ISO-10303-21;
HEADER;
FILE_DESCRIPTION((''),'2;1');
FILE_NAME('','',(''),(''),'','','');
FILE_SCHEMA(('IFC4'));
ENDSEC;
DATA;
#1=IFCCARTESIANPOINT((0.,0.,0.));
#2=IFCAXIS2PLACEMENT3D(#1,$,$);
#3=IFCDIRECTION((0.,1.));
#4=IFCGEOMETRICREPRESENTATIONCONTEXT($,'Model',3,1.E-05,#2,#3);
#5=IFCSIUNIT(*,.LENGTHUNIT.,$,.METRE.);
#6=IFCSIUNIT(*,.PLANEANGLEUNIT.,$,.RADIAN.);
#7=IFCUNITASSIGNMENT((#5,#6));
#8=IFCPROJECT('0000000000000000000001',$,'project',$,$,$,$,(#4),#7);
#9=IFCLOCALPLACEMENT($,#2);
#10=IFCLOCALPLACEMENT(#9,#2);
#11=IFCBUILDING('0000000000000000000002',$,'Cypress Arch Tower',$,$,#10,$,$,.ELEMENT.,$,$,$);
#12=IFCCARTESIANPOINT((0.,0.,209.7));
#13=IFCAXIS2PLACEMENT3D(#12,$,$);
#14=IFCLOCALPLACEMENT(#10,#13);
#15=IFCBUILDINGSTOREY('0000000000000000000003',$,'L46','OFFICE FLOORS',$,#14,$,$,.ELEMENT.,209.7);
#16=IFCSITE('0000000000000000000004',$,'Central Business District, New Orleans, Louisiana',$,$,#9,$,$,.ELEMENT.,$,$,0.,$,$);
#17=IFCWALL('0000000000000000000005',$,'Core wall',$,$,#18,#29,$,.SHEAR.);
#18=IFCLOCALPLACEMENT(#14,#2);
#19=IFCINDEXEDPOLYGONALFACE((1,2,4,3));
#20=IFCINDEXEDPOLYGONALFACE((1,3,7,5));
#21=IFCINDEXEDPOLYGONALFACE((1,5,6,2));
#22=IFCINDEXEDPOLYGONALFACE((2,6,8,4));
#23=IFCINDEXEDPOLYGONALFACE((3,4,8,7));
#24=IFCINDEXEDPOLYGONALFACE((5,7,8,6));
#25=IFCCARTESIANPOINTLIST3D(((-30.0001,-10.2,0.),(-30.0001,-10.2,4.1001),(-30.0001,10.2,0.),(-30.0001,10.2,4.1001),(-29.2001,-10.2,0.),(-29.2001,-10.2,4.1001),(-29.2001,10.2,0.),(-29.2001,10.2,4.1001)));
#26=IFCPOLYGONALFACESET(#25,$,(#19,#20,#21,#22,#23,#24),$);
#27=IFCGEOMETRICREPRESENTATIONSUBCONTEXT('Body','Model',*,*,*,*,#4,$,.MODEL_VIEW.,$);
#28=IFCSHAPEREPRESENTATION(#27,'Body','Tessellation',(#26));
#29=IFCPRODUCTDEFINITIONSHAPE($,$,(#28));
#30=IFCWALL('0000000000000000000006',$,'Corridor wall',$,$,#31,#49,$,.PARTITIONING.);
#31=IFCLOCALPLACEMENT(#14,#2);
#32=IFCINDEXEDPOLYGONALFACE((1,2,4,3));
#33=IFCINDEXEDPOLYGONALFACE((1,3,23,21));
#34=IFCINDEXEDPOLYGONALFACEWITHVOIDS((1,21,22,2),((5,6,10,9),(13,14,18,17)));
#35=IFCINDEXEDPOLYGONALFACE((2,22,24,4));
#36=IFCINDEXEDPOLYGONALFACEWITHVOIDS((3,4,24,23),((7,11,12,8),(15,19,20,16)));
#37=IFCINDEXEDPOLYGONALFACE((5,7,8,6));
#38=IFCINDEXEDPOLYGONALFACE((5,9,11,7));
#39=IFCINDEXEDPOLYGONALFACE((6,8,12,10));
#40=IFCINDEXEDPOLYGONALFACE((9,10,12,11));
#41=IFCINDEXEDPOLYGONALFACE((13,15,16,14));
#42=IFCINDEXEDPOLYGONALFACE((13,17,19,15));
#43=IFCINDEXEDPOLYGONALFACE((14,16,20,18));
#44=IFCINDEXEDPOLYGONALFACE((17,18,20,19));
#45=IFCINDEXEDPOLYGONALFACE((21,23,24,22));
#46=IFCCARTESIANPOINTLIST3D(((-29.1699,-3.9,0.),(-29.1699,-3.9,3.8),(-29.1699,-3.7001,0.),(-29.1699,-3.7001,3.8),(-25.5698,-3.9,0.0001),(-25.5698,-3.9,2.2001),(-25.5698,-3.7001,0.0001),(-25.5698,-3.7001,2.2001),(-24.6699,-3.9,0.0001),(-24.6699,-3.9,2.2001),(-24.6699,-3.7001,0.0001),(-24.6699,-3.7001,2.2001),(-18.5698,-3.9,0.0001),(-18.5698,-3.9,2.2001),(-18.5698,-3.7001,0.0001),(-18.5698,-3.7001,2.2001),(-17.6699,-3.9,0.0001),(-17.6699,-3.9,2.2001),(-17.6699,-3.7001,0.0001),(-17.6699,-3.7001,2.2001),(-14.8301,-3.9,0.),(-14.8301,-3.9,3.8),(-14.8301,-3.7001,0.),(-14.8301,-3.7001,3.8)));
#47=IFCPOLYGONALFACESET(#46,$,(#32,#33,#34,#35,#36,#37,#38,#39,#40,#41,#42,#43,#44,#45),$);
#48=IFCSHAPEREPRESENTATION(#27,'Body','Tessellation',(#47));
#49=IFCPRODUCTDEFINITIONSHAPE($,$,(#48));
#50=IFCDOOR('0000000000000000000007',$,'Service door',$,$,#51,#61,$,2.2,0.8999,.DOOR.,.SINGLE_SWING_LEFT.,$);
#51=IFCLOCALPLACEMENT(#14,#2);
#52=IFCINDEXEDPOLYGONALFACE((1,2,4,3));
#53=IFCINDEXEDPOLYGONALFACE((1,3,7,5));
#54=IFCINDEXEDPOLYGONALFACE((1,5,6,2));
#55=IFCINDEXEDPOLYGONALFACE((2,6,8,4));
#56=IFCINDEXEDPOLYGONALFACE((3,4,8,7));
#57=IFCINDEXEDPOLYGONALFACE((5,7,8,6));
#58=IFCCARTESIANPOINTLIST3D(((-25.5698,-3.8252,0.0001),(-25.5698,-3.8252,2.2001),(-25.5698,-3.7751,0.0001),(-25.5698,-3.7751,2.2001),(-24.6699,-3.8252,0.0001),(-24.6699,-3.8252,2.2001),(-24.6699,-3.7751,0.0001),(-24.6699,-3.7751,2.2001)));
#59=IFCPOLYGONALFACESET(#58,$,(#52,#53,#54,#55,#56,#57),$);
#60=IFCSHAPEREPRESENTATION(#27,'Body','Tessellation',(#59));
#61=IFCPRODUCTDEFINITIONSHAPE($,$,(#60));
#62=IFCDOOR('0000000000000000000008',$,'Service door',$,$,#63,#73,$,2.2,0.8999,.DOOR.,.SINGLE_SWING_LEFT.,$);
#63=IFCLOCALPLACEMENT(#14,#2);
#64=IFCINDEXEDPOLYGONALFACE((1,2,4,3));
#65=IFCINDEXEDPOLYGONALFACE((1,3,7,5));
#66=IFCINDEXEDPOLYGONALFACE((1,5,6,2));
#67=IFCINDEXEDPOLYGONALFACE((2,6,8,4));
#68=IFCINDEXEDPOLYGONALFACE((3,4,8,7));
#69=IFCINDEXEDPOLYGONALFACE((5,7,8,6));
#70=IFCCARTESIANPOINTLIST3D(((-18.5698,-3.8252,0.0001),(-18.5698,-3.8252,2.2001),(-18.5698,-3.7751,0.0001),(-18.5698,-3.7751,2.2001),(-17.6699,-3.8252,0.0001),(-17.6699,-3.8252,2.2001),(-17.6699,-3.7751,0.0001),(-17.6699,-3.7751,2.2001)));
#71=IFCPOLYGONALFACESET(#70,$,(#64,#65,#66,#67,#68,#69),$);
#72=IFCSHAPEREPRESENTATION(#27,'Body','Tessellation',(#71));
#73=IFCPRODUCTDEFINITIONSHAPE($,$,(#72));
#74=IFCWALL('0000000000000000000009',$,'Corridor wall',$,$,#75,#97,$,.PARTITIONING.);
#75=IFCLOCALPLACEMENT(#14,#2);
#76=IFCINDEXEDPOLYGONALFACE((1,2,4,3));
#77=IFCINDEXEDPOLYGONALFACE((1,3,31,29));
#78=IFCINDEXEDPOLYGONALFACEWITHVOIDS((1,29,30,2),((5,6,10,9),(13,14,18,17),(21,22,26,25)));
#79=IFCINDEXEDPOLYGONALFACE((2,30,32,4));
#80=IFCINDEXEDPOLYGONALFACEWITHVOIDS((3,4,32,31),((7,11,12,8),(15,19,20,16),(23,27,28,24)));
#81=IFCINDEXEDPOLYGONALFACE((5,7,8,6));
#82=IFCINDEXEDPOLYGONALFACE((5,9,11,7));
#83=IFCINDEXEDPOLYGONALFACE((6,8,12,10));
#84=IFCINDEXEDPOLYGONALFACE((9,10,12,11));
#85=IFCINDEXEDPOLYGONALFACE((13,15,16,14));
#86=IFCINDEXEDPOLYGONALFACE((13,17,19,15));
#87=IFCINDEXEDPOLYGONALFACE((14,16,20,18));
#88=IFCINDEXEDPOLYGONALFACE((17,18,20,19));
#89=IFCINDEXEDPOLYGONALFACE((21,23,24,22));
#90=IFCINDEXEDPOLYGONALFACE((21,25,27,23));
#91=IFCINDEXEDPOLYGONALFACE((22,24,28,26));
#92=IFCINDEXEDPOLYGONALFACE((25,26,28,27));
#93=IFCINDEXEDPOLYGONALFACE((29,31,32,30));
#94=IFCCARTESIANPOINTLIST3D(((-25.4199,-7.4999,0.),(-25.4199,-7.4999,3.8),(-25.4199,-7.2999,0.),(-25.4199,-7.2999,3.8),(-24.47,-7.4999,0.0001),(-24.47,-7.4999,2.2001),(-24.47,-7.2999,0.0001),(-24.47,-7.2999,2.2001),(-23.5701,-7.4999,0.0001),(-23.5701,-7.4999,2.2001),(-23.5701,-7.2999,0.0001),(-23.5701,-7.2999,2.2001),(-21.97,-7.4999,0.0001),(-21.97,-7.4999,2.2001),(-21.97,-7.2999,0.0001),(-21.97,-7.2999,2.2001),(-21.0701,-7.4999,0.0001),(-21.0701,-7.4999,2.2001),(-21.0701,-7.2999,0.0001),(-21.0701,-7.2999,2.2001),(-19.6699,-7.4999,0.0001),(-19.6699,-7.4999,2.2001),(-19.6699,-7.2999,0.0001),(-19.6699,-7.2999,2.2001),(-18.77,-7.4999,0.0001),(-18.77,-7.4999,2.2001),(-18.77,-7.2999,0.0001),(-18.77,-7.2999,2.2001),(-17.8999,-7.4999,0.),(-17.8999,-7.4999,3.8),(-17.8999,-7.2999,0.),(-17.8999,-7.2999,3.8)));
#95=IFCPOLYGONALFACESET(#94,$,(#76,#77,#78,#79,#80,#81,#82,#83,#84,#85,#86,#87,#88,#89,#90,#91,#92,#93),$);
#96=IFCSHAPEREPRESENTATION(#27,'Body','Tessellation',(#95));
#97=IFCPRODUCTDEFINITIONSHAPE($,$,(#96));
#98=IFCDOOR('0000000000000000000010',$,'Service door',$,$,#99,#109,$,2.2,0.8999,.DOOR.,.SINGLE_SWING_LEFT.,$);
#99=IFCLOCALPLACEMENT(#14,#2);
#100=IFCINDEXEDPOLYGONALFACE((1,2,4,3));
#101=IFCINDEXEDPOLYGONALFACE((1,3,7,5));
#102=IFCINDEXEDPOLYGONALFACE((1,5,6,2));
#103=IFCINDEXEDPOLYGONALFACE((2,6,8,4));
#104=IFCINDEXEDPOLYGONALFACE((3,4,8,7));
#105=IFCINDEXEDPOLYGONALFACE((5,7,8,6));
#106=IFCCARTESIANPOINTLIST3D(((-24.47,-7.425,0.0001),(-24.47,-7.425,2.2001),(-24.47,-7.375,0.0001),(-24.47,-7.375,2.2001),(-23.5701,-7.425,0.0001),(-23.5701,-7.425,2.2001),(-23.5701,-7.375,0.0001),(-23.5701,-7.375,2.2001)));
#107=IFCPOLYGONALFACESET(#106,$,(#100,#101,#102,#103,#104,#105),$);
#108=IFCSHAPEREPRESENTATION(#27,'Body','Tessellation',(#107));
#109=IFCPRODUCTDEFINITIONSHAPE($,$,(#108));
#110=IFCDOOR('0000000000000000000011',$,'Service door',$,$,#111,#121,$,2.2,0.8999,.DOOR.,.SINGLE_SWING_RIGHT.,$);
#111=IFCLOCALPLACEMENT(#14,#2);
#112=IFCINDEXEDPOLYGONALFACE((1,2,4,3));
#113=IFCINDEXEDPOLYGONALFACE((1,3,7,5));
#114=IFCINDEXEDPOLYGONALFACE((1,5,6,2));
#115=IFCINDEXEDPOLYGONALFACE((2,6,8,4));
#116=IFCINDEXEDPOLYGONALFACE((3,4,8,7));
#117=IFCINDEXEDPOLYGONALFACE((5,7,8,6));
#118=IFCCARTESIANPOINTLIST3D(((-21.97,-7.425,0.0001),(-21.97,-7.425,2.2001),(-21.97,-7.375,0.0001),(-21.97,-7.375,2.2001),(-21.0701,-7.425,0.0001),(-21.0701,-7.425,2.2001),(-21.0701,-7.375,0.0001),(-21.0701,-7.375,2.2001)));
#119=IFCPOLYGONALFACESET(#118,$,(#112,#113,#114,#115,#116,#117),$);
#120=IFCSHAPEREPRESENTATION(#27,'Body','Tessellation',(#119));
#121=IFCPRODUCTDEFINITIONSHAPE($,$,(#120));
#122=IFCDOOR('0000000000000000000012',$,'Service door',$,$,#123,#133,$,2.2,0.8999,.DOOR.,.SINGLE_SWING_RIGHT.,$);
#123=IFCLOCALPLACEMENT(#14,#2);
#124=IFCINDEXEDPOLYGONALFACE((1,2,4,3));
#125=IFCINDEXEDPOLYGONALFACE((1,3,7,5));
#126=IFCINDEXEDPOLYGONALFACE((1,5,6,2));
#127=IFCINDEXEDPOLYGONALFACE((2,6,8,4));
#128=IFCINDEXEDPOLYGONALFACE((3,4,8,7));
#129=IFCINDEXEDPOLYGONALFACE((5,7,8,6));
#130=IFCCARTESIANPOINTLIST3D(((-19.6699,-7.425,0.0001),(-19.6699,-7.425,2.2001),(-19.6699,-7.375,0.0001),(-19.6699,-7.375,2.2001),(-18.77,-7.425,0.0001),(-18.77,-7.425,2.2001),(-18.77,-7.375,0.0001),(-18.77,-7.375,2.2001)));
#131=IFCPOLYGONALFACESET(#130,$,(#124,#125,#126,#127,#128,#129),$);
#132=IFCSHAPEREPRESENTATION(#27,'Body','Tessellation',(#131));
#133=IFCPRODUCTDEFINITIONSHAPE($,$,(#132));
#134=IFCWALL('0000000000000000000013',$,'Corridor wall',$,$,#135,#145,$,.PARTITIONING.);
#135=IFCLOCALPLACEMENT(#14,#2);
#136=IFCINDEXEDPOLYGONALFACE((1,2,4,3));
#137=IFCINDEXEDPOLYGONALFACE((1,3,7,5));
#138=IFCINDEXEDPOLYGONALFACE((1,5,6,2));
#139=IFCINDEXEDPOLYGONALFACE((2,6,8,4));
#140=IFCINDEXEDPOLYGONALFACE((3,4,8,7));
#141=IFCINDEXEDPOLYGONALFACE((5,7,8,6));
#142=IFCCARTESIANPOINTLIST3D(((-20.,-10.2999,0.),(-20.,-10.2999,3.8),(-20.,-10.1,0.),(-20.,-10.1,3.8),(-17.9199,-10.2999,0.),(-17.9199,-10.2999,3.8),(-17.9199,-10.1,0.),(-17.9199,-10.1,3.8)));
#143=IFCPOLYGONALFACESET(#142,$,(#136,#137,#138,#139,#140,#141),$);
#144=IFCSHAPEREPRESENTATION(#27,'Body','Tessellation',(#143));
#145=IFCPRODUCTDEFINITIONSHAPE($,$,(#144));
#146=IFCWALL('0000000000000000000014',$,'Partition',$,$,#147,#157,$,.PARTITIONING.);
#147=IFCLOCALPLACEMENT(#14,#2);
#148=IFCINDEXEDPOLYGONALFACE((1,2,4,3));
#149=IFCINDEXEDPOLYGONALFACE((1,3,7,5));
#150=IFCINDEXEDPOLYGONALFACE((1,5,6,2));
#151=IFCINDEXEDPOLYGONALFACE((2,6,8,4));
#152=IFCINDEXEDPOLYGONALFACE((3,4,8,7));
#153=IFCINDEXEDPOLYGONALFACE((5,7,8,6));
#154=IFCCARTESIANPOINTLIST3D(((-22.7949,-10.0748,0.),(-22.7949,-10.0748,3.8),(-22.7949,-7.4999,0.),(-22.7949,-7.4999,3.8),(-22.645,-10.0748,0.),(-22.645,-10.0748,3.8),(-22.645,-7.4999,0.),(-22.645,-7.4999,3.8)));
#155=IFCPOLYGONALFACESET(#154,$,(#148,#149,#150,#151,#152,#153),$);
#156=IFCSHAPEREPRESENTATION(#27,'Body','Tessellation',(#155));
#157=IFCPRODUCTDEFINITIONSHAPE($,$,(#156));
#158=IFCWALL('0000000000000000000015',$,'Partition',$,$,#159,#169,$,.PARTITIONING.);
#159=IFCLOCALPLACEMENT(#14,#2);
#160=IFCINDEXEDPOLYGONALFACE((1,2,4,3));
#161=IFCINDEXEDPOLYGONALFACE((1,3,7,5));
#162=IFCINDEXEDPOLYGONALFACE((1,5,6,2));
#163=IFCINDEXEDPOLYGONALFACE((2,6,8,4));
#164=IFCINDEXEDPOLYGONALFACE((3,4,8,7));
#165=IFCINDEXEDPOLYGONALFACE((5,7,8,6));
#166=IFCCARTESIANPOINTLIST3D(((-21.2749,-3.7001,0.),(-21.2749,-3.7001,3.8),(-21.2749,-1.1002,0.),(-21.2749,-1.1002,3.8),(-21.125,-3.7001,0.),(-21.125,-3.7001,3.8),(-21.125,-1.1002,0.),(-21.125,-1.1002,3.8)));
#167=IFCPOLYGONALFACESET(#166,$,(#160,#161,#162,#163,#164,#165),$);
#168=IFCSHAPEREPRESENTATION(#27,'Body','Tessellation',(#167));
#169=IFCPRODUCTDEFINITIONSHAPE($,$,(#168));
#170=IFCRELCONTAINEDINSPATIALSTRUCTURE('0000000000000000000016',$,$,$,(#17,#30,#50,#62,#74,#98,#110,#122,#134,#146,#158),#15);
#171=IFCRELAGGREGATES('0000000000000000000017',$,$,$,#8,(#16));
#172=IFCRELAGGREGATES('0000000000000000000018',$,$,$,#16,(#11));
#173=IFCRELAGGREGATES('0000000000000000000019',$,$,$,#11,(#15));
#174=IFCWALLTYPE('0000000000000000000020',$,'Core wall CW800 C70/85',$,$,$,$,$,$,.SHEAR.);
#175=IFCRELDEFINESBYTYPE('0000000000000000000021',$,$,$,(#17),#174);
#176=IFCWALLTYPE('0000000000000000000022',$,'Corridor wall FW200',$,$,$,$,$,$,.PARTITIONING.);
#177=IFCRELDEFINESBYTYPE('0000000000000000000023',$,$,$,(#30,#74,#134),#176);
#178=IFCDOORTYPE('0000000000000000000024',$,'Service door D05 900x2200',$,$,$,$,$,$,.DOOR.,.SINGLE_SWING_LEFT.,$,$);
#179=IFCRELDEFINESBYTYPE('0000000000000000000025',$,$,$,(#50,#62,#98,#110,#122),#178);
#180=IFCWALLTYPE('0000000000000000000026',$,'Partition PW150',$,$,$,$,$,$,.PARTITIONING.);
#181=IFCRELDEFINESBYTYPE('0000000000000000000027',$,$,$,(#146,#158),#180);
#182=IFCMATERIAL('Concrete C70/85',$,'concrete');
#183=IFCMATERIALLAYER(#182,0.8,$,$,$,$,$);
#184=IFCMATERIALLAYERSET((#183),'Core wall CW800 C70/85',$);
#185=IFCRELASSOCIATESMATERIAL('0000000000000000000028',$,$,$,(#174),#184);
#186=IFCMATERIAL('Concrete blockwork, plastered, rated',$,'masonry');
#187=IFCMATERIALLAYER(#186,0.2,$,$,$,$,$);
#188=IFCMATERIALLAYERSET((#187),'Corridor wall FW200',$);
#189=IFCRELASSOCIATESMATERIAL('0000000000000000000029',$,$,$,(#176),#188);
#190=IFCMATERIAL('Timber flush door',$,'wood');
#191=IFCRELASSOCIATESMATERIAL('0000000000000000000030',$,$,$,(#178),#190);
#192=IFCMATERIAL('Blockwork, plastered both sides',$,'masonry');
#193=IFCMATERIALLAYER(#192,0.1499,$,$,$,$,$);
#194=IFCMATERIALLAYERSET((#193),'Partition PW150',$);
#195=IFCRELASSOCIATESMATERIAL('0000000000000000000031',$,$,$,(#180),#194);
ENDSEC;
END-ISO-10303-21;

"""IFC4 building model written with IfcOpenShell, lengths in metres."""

from ifc_helpers import new_model, si_unit, direction, frame, frame_2d, origin, place, context, subcontext, project, spatial, rectangle, extrude, material, layer, layer_set, type_object, element, fill, save


model = new_model("IFC4")

# Units and contexts
model_context = context("Model", 3, precision=1e-05, world=origin(), true_north=direction((0.0, 1.0)))
body_context = subcontext(model_context, "Body", "Model", "MODEL_VIEW")
ifc_project = project(units=[si_unit("LENGTHUNIT", "METRE"), si_unit("PLANEANGLEUNIT", "RADIAN")], contexts=[model_context])

# Site, building, storey
site_placement = place(None, origin())
site = spatial("IfcSite", under=ifc_project, at=site_placement, Name="Central Business District, New Orleans, Louisiana", CompositionType="ELEMENT", RefElevation=0.0)
building_placement = place(site_placement, origin())
building = spatial("IfcBuilding", under=site, at=building_placement, Name="Cypress Arch Tower", CompositionType="ELEMENT")
storey_placement = place(building_placement, frame((0.0, 0.0, 209.7)))
storey = spatial("IfcBuildingStorey", under=building, at=storey_placement, Name="L46", Description="OFFICE FLOORS", CompositionType="ELEMENT", Elevation=209.7)

# Wall
ifc_material_1 = material(Name="Concrete C70/85", Category="concrete")
ifc_layer_1 = layer(ifc_material_1, 0.8)
ifc_layer_set_1 = layer_set([ifc_layer_1], Name="Core wall CW800 C70/85")
wall_type_1 = type_object("IfcWallType", Name="Core wall CW800 C70/85", PredefinedType="SHEAR", material=ifc_layer_set_1)
wall_1_placement = place(storey_placement, frame((-29.6001, -10.2, 0.0), z_axis=(0.0, 0.0, 1.0), x_axis=(0.0, 1.0, 0.0)))
element("IfcWall", 1, at=wall_1_placement, inside=storey, type_object=wall_type_1, Name="Core wall", PredefinedType="SHEAR", context=body_context, shape_type="SweptSolid", body=[
    extrude(rectangle(XDim=20.3999, YDim=0.8, at=frame_2d((10.2, 0.0))), origin(), (0.0, 0.0, 1.0), 4.1001),
])

# Walls, openings, doors
ifc_material_2 = material(Name="Concrete blockwork, plastered, rated", Category="masonry")
ifc_layer_2 = layer(ifc_material_2, 0.2)
ifc_layer_set_2 = layer_set([ifc_layer_2], Name="Corridor wall FW200")
wall_type_2 = type_object("IfcWallType", Name="Corridor wall FW200", PredefinedType="PARTITIONING", material=ifc_layer_set_2)
wall_2_placement = place(storey_placement, frame((-29.1699, -3.8, 0.0), z_axis=(0.0, 0.0, 1.0), x_axis=(1.0, 0.0, 0.0)))
wall_2 = element("IfcWall", 2, at=wall_2_placement, inside=storey, type_object=wall_type_2, Name="Corridor wall", PredefinedType="PARTITIONING", context=body_context, shape_type="SweptSolid", body=[
    extrude(rectangle(XDim=14.3398, YDim=0.2, at=frame_2d((7.1699, 0.0))), origin(), (0.0, 0.0, 1.0), 3.8),
])
opening_1_placement = place(wall_2_placement, frame((3.6001, 0.0, 0.0)))
opening_1 = element("IfcOpeningElement", 3, at=opening_1_placement, cuts=wall_2, PredefinedType="OPENING", context=body_context, shape_type="SweptSolid", body=[
    extrude(rectangle(XDim=0.8999, YDim=2.2, at=frame_2d((0.45, 1.1001))), frame((0.0, 0.1099, 0.0), z_axis=(0.0, -1.0, 0.0), x_axis=(1.0, 0.0, 0.0)), (0.0, 0.0, 1.0), 0.22),
])
opening_2_placement = place(wall_2_placement, frame((10.6001, 0.0, 0.0)))
opening_2 = element("IfcOpeningElement", 4, at=opening_2_placement, cuts=wall_2, PredefinedType="OPENING", context=body_context, shape_type="SweptSolid", body=[
    extrude(rectangle(XDim=0.8999, YDim=2.2, at=frame_2d((0.45, 1.1001))), frame((0.0, 0.1099, 0.0), z_axis=(0.0, -1.0, 0.0), x_axis=(1.0, 0.0, 0.0)), (0.0, 0.0, 1.0), 0.22),
])
ifc_material_3 = material(Name="Timber flush door", Category="wood")
door_type = type_object("IfcDoorType", Name="Service door D05 900x2200", OperationType="SINGLE_SWING_LEFT", PredefinedType="DOOR", material=ifc_material_3)
door_1_placement = place(opening_1_placement, origin())
door_1 = element("IfcDoor", 5, at=door_1_placement, inside=storey, type_object=door_type, Name="Service door", OperationType="SINGLE_SWING_LEFT", OverallHeight=2.2, OverallWidth=0.8999, PredefinedType="DOOR", context=body_context, shape_type="SweptSolid", body=[
    extrude(rectangle(XDim=0.8999, YDim=2.2, at=frame_2d((0.45, 1.1001))), frame((0.0, 0.0249, 0.0), z_axis=(0.0, -1.0, 0.0), x_axis=(1.0, 0.0, 0.0)), (0.0, 0.0, 1.0), 0.05),
])
fill(opening_1, door_1)
door_2_placement = place(opening_2_placement, origin())
door_2 = element("IfcDoor", 6, at=door_2_placement, inside=storey, type_object=door_type, Name="Service door", OperationType="SINGLE_SWING_LEFT", OverallHeight=2.2, OverallWidth=0.8999, PredefinedType="DOOR", context=body_context, shape_type="SweptSolid", body=[
    extrude(rectangle(XDim=0.8999, YDim=2.2, at=frame_2d((0.45, 1.1001))), frame((0.0, 0.0249, 0.0), z_axis=(0.0, -1.0, 0.0), x_axis=(1.0, 0.0, 0.0)), (0.0, 0.0, 1.0), 0.05),
])
fill(opening_2, door_2)
wall_3_placement = place(storey_placement, frame((-25.4199, -7.3999, 0.0), z_axis=(0.0, 0.0, 1.0), x_axis=(1.0, 0.0, 0.0)))
wall_3 = element("IfcWall", 7, at=wall_3_placement, inside=storey, type_object=wall_type_2, Name="Corridor wall", PredefinedType="PARTITIONING", context=body_context, shape_type="SweptSolid", body=[
    extrude(rectangle(XDim=7.52, YDim=0.2, at=frame_2d((3.76, 0.0))), origin(), (0.0, 0.0, 1.0), 3.8),
])
opening_3_placement = place(wall_3_placement, frame((0.95, 0.0, 0.0)))
opening_3 = element("IfcOpeningElement", 8, at=opening_3_placement, cuts=wall_3, PredefinedType="OPENING", context=body_context, shape_type="SweptSolid", body=[
    extrude(rectangle(XDim=0.8999, YDim=2.2, at=frame_2d((0.45, 1.1001))), frame((0.0, 0.1099, 0.0), z_axis=(0.0, -1.0, 0.0), x_axis=(1.0, 0.0, 0.0)), (0.0, 0.0, 1.0), 0.22),
])
opening_4_placement = place(wall_3_placement, frame((3.45, 0.0, 0.0)))
opening_4 = element("IfcOpeningElement", 9, at=opening_4_placement, cuts=wall_3, PredefinedType="OPENING", context=body_context, shape_type="SweptSolid", body=[
    extrude(rectangle(XDim=0.8999, YDim=2.2, at=frame_2d((0.45, 1.1001))), frame((0.0, 0.1099, 0.0), z_axis=(0.0, -1.0, 0.0), x_axis=(1.0, 0.0, 0.0)), (0.0, 0.0, 1.0), 0.22),
])
opening_5_placement = place(wall_3_placement, frame((5.75, 0.0, 0.0)))
opening_5 = element("IfcOpeningElement", 10, at=opening_5_placement, cuts=wall_3, PredefinedType="OPENING", context=body_context, shape_type="SweptSolid", body=[
    extrude(rectangle(XDim=0.8999, YDim=2.2, at=frame_2d((0.45, 1.1001))), frame((0.0, 0.1099, 0.0), z_axis=(0.0, -1.0, 0.0), x_axis=(1.0, 0.0, 0.0)), (0.0, 0.0, 1.0), 0.22),
])
door_3_placement = place(opening_3_placement, origin())
door_3 = element("IfcDoor", 11, at=door_3_placement, inside=storey, type_object=door_type, Name="Service door", OperationType="SINGLE_SWING_LEFT", OverallHeight=2.2, OverallWidth=0.8999, PredefinedType="DOOR", context=body_context, shape_type="SweptSolid", body=[
    extrude(rectangle(XDim=0.8999, YDim=2.2, at=frame_2d((0.45, 1.1001))), frame((0.0, 0.0249, 0.0), z_axis=(0.0, -1.0, 0.0), x_axis=(1.0, 0.0, 0.0)), (0.0, 0.0, 1.0), 0.05),
])
fill(opening_3, door_3)
door_4_placement = place(opening_4_placement, origin())
door_4 = element("IfcDoor", 12, at=door_4_placement, inside=storey, type_object=door_type, Name="Service door", OperationType="SINGLE_SWING_RIGHT", OverallHeight=2.2, OverallWidth=0.8999, PredefinedType="DOOR", context=body_context, shape_type="SweptSolid", body=[
    extrude(rectangle(XDim=0.8999, YDim=2.2, at=frame_2d((0.45, 1.1001))), frame((0.0, 0.0249, 0.0), z_axis=(0.0, -1.0, 0.0), x_axis=(1.0, 0.0, 0.0)), (0.0, 0.0, 1.0), 0.05),
])
fill(opening_4, door_4)
door_5_placement = place(opening_5_placement, origin())
door_5 = element("IfcDoor", 13, at=door_5_placement, inside=storey, type_object=door_type, Name="Service door", OperationType="SINGLE_SWING_RIGHT", OverallHeight=2.2, OverallWidth=0.8999, PredefinedType="DOOR", context=body_context, shape_type="SweptSolid", body=[
    extrude(rectangle(XDim=0.8999, YDim=2.2, at=frame_2d((0.45, 1.1001))), frame((0.0, 0.0249, 0.0), z_axis=(0.0, -1.0, 0.0), x_axis=(1.0, 0.0, 0.0)), (0.0, 0.0, 1.0), 0.05),
])
fill(opening_5, door_5)

# Walls
wall_4_placement = place(storey_placement, frame((-20.0, -10.2, 0.0), z_axis=(0.0, 0.0, 1.0), x_axis=(1.0, 0.0, 0.0)))
element("IfcWall", 14, at=wall_4_placement, inside=storey, type_object=wall_type_2, Name="Corridor wall", PredefinedType="PARTITIONING", context=body_context, shape_type="SweptSolid", body=[
    extrude(rectangle(XDim=2.0801, YDim=0.2, at=frame_2d((1.04, 0.0))), origin(), (0.0, 0.0, 1.0), 3.8),
])
ifc_material_4 = material(Name="Blockwork, plastered both sides", Category="masonry")
ifc_layer_3 = layer(ifc_material_4, 0.1499)
ifc_layer_set_3 = layer_set([ifc_layer_3], Name="Partition PW150")
wall_type_3 = type_object("IfcWallType", Name="Partition PW150", PredefinedType="PARTITIONING", material=ifc_layer_set_3)
wall_5_placement = place(storey_placement, frame((-22.72, -10.075, 0.0), z_axis=(0.0, 0.0, 1.0), x_axis=(0.0, 1.0, 0.0)))
element("IfcWall", 15, at=wall_5_placement, inside=storey, type_object=wall_type_3, Name="Partition", PredefinedType="PARTITIONING", context=body_context, shape_type="SweptSolid", body=[
    extrude(rectangle(XDim=2.575, YDim=0.1499, at=frame_2d((1.2876, 0.0))), origin(), (0.0, 0.0, 1.0), 3.8),
])
wall_6_placement = place(storey_placement, frame((-21.2, -3.7, 0.0), z_axis=(0.0, 0.0, 1.0), x_axis=(0.0, 1.0, 0.0)))
element("IfcWall", 16, at=wall_6_placement, inside=storey, type_object=wall_type_3, Name="Partition", PredefinedType="PARTITIONING", context=body_context, shape_type="SweptSolid", body=[
    extrude(rectangle(XDim=2.5999, YDim=0.1499, at=frame_2d((1.2998, 0.0))), origin(), (0.0, 0.0, 1.0), 3.8),
])

save(model, "model.ifc")
